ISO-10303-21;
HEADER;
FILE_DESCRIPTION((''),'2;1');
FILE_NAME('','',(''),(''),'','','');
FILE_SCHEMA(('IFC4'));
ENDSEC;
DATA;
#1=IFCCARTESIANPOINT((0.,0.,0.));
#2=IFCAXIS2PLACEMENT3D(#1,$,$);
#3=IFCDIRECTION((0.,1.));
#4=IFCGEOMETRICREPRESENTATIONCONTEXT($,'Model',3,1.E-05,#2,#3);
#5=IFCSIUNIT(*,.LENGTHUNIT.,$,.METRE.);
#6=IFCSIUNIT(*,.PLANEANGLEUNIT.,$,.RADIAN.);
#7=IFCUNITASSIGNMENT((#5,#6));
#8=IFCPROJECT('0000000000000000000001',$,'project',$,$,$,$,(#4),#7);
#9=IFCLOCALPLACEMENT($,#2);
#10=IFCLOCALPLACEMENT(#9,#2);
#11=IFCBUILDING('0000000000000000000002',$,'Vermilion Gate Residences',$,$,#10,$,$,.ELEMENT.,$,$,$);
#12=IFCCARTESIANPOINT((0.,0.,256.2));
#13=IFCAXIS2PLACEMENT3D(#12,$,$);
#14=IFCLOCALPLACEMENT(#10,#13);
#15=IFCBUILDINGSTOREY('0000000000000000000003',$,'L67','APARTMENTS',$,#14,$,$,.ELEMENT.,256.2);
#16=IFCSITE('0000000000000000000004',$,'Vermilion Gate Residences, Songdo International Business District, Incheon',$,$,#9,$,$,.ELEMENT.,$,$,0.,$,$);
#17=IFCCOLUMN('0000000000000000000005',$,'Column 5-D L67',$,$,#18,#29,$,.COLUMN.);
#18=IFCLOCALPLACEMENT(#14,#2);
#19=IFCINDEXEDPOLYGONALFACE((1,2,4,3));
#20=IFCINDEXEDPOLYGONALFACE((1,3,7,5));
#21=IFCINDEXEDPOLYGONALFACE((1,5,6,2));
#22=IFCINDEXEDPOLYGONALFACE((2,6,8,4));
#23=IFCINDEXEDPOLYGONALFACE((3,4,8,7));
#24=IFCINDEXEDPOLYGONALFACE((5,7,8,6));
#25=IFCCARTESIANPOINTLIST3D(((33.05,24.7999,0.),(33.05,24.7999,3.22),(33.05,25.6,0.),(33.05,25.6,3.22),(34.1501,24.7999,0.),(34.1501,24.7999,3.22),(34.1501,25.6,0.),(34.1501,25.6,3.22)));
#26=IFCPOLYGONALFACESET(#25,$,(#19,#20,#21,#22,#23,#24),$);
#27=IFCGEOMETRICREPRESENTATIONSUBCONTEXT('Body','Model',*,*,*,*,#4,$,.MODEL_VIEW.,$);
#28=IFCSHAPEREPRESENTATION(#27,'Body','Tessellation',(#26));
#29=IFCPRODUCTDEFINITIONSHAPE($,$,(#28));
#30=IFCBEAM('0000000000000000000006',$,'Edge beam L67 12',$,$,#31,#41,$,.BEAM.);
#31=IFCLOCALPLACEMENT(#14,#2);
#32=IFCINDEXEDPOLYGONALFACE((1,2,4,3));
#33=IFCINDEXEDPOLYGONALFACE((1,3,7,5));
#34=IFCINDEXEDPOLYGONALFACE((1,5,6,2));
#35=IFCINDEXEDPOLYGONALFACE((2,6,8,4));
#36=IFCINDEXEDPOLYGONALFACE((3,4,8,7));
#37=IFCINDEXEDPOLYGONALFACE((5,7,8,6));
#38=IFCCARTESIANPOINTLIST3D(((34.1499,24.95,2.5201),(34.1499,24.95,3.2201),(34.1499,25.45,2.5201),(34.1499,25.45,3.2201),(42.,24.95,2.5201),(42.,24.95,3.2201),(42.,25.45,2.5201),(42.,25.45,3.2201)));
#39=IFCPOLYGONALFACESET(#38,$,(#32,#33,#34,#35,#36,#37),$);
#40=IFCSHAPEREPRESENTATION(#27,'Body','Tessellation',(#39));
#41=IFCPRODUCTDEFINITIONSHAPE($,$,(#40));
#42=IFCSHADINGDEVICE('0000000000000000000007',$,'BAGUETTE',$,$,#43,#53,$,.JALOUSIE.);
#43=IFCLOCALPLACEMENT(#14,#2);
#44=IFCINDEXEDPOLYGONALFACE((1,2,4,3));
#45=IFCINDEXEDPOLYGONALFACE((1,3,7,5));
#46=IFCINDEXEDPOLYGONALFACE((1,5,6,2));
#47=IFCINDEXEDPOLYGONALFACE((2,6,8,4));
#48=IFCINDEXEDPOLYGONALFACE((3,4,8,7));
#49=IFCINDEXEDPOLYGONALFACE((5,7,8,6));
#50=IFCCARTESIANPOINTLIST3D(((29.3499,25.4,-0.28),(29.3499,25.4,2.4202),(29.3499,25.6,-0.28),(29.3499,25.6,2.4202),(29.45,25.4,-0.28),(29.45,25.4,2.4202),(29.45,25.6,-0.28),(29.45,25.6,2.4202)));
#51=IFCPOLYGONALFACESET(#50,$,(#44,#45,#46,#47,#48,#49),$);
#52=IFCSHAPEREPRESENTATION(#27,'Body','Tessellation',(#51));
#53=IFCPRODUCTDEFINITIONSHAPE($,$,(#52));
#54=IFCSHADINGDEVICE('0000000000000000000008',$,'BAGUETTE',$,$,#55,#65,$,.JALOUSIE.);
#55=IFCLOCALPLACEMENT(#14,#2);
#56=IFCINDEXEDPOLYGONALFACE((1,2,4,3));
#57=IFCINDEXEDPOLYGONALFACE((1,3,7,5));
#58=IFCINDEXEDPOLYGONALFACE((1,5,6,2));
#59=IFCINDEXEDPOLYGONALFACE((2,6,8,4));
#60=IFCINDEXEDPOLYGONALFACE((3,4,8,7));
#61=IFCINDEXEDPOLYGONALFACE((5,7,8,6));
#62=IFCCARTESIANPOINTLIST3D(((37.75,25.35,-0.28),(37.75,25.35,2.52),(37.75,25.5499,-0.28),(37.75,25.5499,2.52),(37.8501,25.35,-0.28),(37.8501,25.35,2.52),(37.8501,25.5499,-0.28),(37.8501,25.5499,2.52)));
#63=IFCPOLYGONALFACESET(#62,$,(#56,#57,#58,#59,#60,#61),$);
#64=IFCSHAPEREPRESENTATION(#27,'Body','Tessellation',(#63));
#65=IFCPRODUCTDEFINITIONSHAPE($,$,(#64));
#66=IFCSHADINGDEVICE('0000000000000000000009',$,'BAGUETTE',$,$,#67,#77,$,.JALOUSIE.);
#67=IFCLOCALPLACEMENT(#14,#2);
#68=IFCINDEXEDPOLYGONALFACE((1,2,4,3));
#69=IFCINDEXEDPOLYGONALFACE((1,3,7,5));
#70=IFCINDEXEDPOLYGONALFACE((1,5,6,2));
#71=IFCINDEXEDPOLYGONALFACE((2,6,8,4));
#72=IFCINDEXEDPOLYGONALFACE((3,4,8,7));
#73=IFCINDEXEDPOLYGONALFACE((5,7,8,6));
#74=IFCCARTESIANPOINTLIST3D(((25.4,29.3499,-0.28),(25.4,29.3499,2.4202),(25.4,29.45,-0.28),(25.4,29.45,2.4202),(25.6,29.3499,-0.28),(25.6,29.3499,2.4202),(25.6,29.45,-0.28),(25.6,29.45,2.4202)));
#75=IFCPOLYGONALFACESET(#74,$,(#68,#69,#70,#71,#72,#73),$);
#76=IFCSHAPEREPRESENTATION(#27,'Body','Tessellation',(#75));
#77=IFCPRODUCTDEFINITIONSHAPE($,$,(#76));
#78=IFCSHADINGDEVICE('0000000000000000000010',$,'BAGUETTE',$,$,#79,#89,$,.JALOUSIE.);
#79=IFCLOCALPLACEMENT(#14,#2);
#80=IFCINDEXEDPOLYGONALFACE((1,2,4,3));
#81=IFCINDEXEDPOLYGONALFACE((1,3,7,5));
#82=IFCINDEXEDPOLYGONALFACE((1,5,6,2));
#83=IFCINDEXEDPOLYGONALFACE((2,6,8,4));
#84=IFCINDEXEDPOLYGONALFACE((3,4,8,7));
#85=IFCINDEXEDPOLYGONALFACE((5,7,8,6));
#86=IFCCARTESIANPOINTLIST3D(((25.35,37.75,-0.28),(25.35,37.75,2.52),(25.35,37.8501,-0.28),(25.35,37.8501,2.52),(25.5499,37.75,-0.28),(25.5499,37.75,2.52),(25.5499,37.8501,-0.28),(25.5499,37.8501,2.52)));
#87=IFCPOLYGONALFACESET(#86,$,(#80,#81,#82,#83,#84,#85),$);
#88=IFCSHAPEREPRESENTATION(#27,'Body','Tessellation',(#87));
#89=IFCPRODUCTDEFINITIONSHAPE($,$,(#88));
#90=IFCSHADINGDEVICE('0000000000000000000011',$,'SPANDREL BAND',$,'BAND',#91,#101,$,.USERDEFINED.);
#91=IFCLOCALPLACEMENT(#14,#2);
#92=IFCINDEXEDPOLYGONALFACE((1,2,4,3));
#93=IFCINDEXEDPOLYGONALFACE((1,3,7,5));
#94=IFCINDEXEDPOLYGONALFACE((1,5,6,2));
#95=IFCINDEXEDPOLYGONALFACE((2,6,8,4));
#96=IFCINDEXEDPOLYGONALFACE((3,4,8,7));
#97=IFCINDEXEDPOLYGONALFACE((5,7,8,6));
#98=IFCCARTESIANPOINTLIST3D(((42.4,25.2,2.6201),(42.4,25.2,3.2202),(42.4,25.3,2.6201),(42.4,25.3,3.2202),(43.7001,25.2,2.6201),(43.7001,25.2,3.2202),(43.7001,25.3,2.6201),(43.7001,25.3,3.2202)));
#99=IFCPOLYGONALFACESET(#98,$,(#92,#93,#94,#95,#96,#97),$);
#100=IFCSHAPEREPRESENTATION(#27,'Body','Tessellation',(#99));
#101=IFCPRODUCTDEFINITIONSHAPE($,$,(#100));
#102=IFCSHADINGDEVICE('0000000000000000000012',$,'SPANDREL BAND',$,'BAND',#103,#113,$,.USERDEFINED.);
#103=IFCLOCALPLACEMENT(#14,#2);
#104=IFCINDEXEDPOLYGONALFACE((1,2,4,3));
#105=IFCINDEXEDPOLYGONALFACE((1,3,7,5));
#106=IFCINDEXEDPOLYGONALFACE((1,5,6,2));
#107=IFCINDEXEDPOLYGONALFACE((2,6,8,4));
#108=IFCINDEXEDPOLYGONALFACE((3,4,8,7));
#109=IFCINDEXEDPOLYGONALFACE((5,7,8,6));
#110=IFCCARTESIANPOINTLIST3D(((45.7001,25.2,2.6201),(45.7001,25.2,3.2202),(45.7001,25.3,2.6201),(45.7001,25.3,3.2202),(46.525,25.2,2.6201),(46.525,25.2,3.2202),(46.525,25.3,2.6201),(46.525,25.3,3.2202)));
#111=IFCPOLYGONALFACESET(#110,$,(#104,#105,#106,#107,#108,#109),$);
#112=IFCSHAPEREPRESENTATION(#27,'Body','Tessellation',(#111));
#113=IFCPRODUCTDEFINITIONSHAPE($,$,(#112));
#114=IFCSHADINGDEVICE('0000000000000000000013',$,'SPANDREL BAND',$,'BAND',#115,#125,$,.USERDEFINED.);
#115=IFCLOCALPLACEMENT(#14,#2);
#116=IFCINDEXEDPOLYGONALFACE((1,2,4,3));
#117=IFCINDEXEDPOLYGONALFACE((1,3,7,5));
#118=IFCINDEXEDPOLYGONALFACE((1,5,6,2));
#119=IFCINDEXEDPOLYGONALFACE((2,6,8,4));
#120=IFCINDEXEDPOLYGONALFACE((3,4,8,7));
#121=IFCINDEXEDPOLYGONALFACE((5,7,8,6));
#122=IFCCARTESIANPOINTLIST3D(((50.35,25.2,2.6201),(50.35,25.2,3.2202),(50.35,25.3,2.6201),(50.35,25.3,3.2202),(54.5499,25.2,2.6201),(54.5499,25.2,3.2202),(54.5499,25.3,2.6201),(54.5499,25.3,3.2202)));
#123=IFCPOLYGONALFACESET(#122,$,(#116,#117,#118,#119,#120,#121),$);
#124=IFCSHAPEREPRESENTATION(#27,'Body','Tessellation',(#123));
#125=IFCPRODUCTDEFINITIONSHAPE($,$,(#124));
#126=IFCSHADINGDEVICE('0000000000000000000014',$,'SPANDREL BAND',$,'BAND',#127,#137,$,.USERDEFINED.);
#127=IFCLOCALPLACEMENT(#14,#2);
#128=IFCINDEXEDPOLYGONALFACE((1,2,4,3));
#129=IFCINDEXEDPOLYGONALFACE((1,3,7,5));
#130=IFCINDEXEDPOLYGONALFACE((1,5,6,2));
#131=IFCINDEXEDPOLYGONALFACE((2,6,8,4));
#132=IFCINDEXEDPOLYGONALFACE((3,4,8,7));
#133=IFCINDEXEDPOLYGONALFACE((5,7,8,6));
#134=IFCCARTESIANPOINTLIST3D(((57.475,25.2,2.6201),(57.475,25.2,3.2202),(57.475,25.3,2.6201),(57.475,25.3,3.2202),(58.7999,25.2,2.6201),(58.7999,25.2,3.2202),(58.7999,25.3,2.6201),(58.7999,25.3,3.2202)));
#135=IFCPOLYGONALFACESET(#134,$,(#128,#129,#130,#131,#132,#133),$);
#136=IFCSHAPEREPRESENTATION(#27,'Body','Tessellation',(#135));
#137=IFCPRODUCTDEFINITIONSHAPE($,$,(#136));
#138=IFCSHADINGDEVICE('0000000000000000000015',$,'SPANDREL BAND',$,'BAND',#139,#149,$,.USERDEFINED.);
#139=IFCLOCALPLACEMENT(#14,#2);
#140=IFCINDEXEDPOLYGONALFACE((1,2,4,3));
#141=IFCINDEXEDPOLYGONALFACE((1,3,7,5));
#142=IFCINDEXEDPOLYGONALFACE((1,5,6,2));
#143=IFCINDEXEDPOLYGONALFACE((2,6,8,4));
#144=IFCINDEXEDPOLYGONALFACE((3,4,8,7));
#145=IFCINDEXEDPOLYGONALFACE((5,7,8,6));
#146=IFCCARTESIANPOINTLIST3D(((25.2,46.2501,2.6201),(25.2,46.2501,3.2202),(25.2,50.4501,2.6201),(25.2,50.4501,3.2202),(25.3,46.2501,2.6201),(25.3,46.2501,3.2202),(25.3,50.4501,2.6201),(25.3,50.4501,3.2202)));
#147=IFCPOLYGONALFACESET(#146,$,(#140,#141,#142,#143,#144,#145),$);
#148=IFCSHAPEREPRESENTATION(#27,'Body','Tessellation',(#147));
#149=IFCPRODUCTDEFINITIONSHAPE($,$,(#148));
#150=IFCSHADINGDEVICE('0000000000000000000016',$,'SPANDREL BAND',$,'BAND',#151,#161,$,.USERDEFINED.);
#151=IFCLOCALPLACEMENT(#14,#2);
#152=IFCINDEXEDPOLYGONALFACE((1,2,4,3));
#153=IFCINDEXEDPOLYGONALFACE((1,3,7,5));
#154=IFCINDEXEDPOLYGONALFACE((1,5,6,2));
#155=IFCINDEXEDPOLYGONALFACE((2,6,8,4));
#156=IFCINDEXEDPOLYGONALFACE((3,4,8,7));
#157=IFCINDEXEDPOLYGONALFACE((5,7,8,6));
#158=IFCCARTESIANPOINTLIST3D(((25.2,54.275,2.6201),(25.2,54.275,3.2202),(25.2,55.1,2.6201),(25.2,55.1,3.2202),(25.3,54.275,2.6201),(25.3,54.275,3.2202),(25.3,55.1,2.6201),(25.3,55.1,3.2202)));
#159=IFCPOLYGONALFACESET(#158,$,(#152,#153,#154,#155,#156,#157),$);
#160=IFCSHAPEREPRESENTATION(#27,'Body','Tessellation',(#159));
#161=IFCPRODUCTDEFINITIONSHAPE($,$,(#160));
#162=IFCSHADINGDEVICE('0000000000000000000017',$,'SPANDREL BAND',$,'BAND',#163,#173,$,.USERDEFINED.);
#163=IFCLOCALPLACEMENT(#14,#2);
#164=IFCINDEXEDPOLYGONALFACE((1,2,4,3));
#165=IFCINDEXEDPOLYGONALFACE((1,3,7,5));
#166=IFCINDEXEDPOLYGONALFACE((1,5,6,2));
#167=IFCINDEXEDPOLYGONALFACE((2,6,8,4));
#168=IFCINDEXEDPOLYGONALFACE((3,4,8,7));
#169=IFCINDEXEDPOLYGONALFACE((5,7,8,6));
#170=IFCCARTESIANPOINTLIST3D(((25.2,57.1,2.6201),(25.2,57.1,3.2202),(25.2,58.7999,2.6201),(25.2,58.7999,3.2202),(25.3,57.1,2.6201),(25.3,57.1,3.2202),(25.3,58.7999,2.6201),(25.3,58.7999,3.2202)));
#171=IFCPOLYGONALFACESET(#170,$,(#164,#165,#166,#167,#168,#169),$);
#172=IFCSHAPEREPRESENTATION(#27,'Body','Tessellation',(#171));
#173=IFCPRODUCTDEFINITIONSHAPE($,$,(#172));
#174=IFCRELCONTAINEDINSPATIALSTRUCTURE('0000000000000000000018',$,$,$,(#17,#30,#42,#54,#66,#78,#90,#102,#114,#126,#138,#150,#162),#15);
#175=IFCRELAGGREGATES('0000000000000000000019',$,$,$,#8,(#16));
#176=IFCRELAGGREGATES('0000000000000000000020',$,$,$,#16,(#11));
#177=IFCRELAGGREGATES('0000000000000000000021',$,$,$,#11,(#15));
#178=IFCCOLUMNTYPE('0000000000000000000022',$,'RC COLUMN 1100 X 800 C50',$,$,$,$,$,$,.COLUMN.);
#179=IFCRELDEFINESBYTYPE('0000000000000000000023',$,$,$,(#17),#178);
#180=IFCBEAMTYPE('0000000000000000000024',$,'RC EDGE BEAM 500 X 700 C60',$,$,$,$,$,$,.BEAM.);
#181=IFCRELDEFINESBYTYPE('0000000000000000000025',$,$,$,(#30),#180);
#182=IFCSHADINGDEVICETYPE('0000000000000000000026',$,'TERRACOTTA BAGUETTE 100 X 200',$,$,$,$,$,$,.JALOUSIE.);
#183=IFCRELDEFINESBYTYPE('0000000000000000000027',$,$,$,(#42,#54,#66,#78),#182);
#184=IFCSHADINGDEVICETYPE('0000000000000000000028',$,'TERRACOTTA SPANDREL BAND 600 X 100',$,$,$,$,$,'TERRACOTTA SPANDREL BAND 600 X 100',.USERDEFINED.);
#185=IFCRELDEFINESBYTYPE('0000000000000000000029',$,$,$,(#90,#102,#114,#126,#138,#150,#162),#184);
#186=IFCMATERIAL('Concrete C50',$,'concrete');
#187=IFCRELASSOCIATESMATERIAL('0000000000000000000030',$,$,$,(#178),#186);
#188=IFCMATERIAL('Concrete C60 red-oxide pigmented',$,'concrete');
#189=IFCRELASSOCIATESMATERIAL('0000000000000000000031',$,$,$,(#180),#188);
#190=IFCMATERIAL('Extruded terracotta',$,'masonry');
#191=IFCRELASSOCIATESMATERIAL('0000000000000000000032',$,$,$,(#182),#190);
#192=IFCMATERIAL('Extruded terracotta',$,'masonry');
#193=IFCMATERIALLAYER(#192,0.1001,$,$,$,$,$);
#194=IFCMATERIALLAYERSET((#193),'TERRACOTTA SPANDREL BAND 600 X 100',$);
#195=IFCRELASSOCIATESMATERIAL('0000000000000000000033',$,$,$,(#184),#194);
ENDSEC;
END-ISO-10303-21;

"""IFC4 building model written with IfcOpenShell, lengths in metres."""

from ifc_helpers import new_model, si_unit, direction, frame, origin, origin_2d, place, context, subcontext, project, spatial, rectangle, extrude, material, layer, layer_set, material_profile, profile_set, type_object, element, save


model = new_model("IFC4")

# Units and contexts
model_context = context("Model", 3, precision=1e-05, world=origin(), true_north=direction((0.0, 1.0)))
body_context = subcontext(model_context, "Body", "Model", "MODEL_VIEW")
ifc_project = project(units=[si_unit("LENGTHUNIT", "METRE"), si_unit("PLANEANGLEUNIT", "RADIAN")], contexts=[model_context])

# Site, building, storey
site_placement = place(None, origin())
site = spatial("IfcSite", under=ifc_project, at=site_placement, Name="Vermilion Gate Residences, Songdo International Business District, Incheon", CompositionType="ELEMENT", RefElevation=0.0)
building_placement = place(site_placement, origin())
building = spatial("IfcBuilding", under=site, at=building_placement, Name="Vermilion Gate Residences", CompositionType="ELEMENT")
storey_placement = place(building_placement, frame((0.0, 0.0, 256.2)))
storey = spatial("IfcBuildingStorey", under=building, at=storey_placement, Name="L67", Description="APARTMENTS", CompositionType="ELEMENT", Elevation=256.2)

# Column
ifc_material_1 = material(Name="Concrete C50", Category="concrete")
ifc_material_profile_1 = material_profile(ifc_material_1, rectangle(XDim=1.1001, YDim=0.8, at=origin_2d()), Name="RC-1100x800")
ifc_profile_set_1 = profile_set([ifc_material_profile_1], Name="Concrete C50")
column_type = type_object("IfcColumnType", Name="RC COLUMN 1100 X 800 C50", PredefinedType="COLUMN", material=ifc_profile_set_1)
column_placement = place(storey_placement, frame((33.6001, 25.2, 0.0), z_axis=(0.0, 0.0, 1.0), x_axis=(1.0, 0.0, 0.0)))
element("IfcColumn", 1, at=column_placement, inside=storey, type_object=column_type, Name="Column 5-D L67", PredefinedType="COLUMN", context=body_context, shape_type="SweptSolid", body=[
    extrude(rectangle(XDim=1.1001, YDim=0.8, at=origin_2d()), origin(), (0.0, 0.0, 1.0), 3.22),
])

# Beam
ifc_material_2 = material(Name="Concrete C60 red-oxide pigmented", Category="concrete")
ifc_material_profile_2 = material_profile(ifc_material_2, rectangle(XDim=0.5, YDim=0.7, at=origin_2d()), Name="RC-500x700")
ifc_profile_set_2 = profile_set([ifc_material_profile_2], Name="Concrete C60 red-oxide pigmented")
beam_type = type_object("IfcBeamType", Name="RC EDGE BEAM 500 X 700 C60", PredefinedType="BEAM", material=ifc_profile_set_2)
beam_placement = place(storey_placement, frame((34.1499, 25.2, 2.8701), z_axis=(1.0, 0.0, 0.0), x_axis=(0.0, 1.0, 0.0)))
element("IfcBeam", 2, at=beam_placement, inside=storey, type_object=beam_type, Name="Edge beam L67 12", PredefinedType="BEAM", context=body_context, shape_type="SweptSolid", body=[
    extrude(rectangle(XDim=0.5, YDim=0.7, at=origin_2d()), origin(), (0.0, 0.0, 1.0), 7.8501),
])

# Shading devices
ifc_material_3 = material(Name="Extruded terracotta", Category="masonry")
ifc_material_profile_3 = material_profile(ifc_material_3, rectangle(XDim=0.2, YDim=0.1001, at=origin_2d()), Name="BAGUETTE 100 X 200")
ifc_profile_set_3 = profile_set([ifc_material_profile_3], Name="Extruded terracotta")
shading_device_type_1 = type_object("IfcShadingDeviceType", Name="TERRACOTTA BAGUETTE 100 X 200", PredefinedType="JALOUSIE", material=ifc_profile_set_3)
shading_device_1_placement = place(storey_placement, frame((29.3999, 25.5, -0.28), z_axis=(0.0, 0.0, 1.0), x_axis=(0.0, -1.0, 0.0)))
element("IfcShadingDevice", 3, at=shading_device_1_placement, inside=storey, type_object=shading_device_type_1, Name="BAGUETTE", PredefinedType="JALOUSIE", context=body_context, shape_type="SweptSolid", body=[
    extrude(rectangle(XDim=0.2, YDim=0.1001, at=origin_2d()), origin(), (0.0, 0.0, 1.0), 2.7002),
])
shading_device_2_placement = place(storey_placement, frame((37.8, 25.45, -0.28), z_axis=(0.0, 0.0, 1.0), x_axis=(0.0, -1.0, 0.0)))
element("IfcShadingDevice", 4, at=shading_device_2_placement, inside=storey, type_object=shading_device_type_1, Name="BAGUETTE", PredefinedType="JALOUSIE", context=body_context, shape_type="SweptSolid", body=[
    extrude(rectangle(XDim=0.2, YDim=0.1001, at=origin_2d()), origin(), (0.0, 0.0, 1.0), 2.8),
])
shading_device_3_placement = place(storey_placement, frame((25.5, 29.3999, -0.28), z_axis=(0.0, 0.0, 1.0), x_axis=(-1.0, 0.0, 0.0)))
element("IfcShadingDevice", 5, at=shading_device_3_placement, inside=storey, type_object=shading_device_type_1, Name="BAGUETTE", PredefinedType="JALOUSIE", context=body_context, shape_type="SweptSolid", body=[
    extrude(rectangle(XDim=0.2, YDim=0.1001, at=origin_2d()), origin(), (0.0, 0.0, 1.0), 2.7002),
])
shading_device_4_placement = place(storey_placement, frame((25.45, 37.8, -0.28), z_axis=(0.0, 0.0, 1.0), x_axis=(-1.0, 0.0, 0.0)))
element("IfcShadingDevice", 6, at=shading_device_4_placement, inside=storey, type_object=shading_device_type_1, Name="BAGUETTE", PredefinedType="JALOUSIE", context=body_context, shape_type="SweptSolid", body=[
    extrude(rectangle(XDim=0.2, YDim=0.1001, at=origin_2d()), origin(), (0.0, 0.0, 1.0), 2.8),
])
ifc_material_4 = material(Name="Extruded terracotta", Category="masonry")
ifc_layer = layer(ifc_material_4, 0.1001)
ifc_layer_set = layer_set([ifc_layer], Name="TERRACOTTA SPANDREL BAND 600 X 100")
shading_device_type_2 = type_object("IfcShadingDeviceType", Name="TERRACOTTA SPANDREL BAND 600 X 100", ElementType="TERRACOTTA SPANDREL BAND 600 X 100", PredefinedType="USERDEFINED", material=ifc_layer_set)
shading_device_5_placement = place(storey_placement, frame((43.05, 25.25, 2.6201), z_axis=(0.0, 0.0, 1.0), x_axis=(1.0, 0.0, 0.0)))
element("IfcShadingDevice", 7, at=shading_device_5_placement, inside=storey, type_object=shading_device_type_2, Name="SPANDREL BAND", ObjectType="BAND", PredefinedType="USERDEFINED", context=body_context, shape_type="SweptSolid", body=[
    extrude(rectangle(XDim=1.3, YDim=0.1001, at=origin_2d()), origin(), (0.0, 0.0, 1.0), 0.6001),
])
shading_device_6_placement = place(storey_placement, frame((46.1125, 25.25, 2.6201), z_axis=(0.0, 0.0, 1.0), x_axis=(1.0, 0.0, 0.0)))
element("IfcShadingDevice", 8, at=shading_device_6_placement, inside=storey, type_object=shading_device_type_2, Name="SPANDREL BAND", ObjectType="BAND", PredefinedType="USERDEFINED", context=body_context, shape_type="SweptSolid", body=[
    extrude(rectangle(XDim=0.825, YDim=0.1001, at=origin_2d()), origin(), (0.0, 0.0, 1.0), 0.6001),
])
shading_device_7_placement = place(storey_placement, frame((52.45, 25.25, 2.6201), z_axis=(0.0, 0.0, 1.0), x_axis=(1.0, 0.0, 0.0)))
element("IfcShadingDevice", 9, at=shading_device_7_placement, inside=storey, type_object=shading_device_type_2, Name="SPANDREL BAND", ObjectType="BAND", PredefinedType="USERDEFINED", context=body_context, shape_type="SweptSolid", body=[
    extrude(rectangle(XDim=4.2, YDim=0.1001, at=origin_2d()), origin(), (0.0, 0.0, 1.0), 0.6001),
])
shading_device_8_placement = place(storey_placement, frame((58.1375, 25.25, 2.6201), z_axis=(0.0, 0.0, 1.0), x_axis=(1.0, 0.0, 0.0)))
element("IfcShadingDevice", 10, at=shading_device_8_placement, inside=storey, type_object=shading_device_type_2, Name="SPANDREL BAND", ObjectType="BAND", PredefinedType="USERDEFINED", context=body_context, shape_type="SweptSolid", body=[
    extrude(rectangle(XDim=1.325, YDim=0.1001, at=origin_2d()), origin(), (0.0, 0.0, 1.0), 0.6001),
])
shading_device_9_placement = place(storey_placement, frame((25.25, 48.3501, 2.6201), z_axis=(0.0, 0.0, 1.0), x_axis=(0.0, 1.0, 0.0)))
element("IfcShadingDevice", 11, at=shading_device_9_placement, inside=storey, type_object=shading_device_type_2, Name="SPANDREL BAND", ObjectType="BAND", PredefinedType="USERDEFINED", context=body_context, shape_type="SweptSolid", body=[
    extrude(rectangle(XDim=4.2, YDim=0.1001, at=origin_2d()), origin(), (0.0, 0.0, 1.0), 0.6001),
])
shading_device_10_placement = place(storey_placement, frame((25.25, 54.6875, 2.6201), z_axis=(0.0, 0.0, 1.0), x_axis=(0.0, 1.0, 0.0)))
element("IfcShadingDevice", 12, at=shading_device_10_placement, inside=storey, type_object=shading_device_type_2, Name="SPANDREL BAND", ObjectType="BAND", PredefinedType="USERDEFINED", context=body_context, shape_type="SweptSolid", body=[
    extrude(rectangle(XDim=0.825, YDim=0.1001, at=origin_2d()), origin(), (0.0, 0.0, 1.0), 0.6001),
])
shading_device_11_placement = place(storey_placement, frame((25.25, 57.95, 2.6201), z_axis=(0.0, 0.0, 1.0), x_axis=(0.0, 1.0, 0.0)))
element("IfcShadingDevice", 13, at=shading_device_11_placement, inside=storey, type_object=shading_device_type_2, Name="SPANDREL BAND", ObjectType="BAND", PredefinedType="USERDEFINED", context=body_context, shape_type="SweptSolid", body=[
    extrude(rectangle(XDim=1.7, YDim=0.1001, at=origin_2d()), origin(), (0.0, 0.0, 1.0), 0.6001),
])

save(model, "model.ifc")
